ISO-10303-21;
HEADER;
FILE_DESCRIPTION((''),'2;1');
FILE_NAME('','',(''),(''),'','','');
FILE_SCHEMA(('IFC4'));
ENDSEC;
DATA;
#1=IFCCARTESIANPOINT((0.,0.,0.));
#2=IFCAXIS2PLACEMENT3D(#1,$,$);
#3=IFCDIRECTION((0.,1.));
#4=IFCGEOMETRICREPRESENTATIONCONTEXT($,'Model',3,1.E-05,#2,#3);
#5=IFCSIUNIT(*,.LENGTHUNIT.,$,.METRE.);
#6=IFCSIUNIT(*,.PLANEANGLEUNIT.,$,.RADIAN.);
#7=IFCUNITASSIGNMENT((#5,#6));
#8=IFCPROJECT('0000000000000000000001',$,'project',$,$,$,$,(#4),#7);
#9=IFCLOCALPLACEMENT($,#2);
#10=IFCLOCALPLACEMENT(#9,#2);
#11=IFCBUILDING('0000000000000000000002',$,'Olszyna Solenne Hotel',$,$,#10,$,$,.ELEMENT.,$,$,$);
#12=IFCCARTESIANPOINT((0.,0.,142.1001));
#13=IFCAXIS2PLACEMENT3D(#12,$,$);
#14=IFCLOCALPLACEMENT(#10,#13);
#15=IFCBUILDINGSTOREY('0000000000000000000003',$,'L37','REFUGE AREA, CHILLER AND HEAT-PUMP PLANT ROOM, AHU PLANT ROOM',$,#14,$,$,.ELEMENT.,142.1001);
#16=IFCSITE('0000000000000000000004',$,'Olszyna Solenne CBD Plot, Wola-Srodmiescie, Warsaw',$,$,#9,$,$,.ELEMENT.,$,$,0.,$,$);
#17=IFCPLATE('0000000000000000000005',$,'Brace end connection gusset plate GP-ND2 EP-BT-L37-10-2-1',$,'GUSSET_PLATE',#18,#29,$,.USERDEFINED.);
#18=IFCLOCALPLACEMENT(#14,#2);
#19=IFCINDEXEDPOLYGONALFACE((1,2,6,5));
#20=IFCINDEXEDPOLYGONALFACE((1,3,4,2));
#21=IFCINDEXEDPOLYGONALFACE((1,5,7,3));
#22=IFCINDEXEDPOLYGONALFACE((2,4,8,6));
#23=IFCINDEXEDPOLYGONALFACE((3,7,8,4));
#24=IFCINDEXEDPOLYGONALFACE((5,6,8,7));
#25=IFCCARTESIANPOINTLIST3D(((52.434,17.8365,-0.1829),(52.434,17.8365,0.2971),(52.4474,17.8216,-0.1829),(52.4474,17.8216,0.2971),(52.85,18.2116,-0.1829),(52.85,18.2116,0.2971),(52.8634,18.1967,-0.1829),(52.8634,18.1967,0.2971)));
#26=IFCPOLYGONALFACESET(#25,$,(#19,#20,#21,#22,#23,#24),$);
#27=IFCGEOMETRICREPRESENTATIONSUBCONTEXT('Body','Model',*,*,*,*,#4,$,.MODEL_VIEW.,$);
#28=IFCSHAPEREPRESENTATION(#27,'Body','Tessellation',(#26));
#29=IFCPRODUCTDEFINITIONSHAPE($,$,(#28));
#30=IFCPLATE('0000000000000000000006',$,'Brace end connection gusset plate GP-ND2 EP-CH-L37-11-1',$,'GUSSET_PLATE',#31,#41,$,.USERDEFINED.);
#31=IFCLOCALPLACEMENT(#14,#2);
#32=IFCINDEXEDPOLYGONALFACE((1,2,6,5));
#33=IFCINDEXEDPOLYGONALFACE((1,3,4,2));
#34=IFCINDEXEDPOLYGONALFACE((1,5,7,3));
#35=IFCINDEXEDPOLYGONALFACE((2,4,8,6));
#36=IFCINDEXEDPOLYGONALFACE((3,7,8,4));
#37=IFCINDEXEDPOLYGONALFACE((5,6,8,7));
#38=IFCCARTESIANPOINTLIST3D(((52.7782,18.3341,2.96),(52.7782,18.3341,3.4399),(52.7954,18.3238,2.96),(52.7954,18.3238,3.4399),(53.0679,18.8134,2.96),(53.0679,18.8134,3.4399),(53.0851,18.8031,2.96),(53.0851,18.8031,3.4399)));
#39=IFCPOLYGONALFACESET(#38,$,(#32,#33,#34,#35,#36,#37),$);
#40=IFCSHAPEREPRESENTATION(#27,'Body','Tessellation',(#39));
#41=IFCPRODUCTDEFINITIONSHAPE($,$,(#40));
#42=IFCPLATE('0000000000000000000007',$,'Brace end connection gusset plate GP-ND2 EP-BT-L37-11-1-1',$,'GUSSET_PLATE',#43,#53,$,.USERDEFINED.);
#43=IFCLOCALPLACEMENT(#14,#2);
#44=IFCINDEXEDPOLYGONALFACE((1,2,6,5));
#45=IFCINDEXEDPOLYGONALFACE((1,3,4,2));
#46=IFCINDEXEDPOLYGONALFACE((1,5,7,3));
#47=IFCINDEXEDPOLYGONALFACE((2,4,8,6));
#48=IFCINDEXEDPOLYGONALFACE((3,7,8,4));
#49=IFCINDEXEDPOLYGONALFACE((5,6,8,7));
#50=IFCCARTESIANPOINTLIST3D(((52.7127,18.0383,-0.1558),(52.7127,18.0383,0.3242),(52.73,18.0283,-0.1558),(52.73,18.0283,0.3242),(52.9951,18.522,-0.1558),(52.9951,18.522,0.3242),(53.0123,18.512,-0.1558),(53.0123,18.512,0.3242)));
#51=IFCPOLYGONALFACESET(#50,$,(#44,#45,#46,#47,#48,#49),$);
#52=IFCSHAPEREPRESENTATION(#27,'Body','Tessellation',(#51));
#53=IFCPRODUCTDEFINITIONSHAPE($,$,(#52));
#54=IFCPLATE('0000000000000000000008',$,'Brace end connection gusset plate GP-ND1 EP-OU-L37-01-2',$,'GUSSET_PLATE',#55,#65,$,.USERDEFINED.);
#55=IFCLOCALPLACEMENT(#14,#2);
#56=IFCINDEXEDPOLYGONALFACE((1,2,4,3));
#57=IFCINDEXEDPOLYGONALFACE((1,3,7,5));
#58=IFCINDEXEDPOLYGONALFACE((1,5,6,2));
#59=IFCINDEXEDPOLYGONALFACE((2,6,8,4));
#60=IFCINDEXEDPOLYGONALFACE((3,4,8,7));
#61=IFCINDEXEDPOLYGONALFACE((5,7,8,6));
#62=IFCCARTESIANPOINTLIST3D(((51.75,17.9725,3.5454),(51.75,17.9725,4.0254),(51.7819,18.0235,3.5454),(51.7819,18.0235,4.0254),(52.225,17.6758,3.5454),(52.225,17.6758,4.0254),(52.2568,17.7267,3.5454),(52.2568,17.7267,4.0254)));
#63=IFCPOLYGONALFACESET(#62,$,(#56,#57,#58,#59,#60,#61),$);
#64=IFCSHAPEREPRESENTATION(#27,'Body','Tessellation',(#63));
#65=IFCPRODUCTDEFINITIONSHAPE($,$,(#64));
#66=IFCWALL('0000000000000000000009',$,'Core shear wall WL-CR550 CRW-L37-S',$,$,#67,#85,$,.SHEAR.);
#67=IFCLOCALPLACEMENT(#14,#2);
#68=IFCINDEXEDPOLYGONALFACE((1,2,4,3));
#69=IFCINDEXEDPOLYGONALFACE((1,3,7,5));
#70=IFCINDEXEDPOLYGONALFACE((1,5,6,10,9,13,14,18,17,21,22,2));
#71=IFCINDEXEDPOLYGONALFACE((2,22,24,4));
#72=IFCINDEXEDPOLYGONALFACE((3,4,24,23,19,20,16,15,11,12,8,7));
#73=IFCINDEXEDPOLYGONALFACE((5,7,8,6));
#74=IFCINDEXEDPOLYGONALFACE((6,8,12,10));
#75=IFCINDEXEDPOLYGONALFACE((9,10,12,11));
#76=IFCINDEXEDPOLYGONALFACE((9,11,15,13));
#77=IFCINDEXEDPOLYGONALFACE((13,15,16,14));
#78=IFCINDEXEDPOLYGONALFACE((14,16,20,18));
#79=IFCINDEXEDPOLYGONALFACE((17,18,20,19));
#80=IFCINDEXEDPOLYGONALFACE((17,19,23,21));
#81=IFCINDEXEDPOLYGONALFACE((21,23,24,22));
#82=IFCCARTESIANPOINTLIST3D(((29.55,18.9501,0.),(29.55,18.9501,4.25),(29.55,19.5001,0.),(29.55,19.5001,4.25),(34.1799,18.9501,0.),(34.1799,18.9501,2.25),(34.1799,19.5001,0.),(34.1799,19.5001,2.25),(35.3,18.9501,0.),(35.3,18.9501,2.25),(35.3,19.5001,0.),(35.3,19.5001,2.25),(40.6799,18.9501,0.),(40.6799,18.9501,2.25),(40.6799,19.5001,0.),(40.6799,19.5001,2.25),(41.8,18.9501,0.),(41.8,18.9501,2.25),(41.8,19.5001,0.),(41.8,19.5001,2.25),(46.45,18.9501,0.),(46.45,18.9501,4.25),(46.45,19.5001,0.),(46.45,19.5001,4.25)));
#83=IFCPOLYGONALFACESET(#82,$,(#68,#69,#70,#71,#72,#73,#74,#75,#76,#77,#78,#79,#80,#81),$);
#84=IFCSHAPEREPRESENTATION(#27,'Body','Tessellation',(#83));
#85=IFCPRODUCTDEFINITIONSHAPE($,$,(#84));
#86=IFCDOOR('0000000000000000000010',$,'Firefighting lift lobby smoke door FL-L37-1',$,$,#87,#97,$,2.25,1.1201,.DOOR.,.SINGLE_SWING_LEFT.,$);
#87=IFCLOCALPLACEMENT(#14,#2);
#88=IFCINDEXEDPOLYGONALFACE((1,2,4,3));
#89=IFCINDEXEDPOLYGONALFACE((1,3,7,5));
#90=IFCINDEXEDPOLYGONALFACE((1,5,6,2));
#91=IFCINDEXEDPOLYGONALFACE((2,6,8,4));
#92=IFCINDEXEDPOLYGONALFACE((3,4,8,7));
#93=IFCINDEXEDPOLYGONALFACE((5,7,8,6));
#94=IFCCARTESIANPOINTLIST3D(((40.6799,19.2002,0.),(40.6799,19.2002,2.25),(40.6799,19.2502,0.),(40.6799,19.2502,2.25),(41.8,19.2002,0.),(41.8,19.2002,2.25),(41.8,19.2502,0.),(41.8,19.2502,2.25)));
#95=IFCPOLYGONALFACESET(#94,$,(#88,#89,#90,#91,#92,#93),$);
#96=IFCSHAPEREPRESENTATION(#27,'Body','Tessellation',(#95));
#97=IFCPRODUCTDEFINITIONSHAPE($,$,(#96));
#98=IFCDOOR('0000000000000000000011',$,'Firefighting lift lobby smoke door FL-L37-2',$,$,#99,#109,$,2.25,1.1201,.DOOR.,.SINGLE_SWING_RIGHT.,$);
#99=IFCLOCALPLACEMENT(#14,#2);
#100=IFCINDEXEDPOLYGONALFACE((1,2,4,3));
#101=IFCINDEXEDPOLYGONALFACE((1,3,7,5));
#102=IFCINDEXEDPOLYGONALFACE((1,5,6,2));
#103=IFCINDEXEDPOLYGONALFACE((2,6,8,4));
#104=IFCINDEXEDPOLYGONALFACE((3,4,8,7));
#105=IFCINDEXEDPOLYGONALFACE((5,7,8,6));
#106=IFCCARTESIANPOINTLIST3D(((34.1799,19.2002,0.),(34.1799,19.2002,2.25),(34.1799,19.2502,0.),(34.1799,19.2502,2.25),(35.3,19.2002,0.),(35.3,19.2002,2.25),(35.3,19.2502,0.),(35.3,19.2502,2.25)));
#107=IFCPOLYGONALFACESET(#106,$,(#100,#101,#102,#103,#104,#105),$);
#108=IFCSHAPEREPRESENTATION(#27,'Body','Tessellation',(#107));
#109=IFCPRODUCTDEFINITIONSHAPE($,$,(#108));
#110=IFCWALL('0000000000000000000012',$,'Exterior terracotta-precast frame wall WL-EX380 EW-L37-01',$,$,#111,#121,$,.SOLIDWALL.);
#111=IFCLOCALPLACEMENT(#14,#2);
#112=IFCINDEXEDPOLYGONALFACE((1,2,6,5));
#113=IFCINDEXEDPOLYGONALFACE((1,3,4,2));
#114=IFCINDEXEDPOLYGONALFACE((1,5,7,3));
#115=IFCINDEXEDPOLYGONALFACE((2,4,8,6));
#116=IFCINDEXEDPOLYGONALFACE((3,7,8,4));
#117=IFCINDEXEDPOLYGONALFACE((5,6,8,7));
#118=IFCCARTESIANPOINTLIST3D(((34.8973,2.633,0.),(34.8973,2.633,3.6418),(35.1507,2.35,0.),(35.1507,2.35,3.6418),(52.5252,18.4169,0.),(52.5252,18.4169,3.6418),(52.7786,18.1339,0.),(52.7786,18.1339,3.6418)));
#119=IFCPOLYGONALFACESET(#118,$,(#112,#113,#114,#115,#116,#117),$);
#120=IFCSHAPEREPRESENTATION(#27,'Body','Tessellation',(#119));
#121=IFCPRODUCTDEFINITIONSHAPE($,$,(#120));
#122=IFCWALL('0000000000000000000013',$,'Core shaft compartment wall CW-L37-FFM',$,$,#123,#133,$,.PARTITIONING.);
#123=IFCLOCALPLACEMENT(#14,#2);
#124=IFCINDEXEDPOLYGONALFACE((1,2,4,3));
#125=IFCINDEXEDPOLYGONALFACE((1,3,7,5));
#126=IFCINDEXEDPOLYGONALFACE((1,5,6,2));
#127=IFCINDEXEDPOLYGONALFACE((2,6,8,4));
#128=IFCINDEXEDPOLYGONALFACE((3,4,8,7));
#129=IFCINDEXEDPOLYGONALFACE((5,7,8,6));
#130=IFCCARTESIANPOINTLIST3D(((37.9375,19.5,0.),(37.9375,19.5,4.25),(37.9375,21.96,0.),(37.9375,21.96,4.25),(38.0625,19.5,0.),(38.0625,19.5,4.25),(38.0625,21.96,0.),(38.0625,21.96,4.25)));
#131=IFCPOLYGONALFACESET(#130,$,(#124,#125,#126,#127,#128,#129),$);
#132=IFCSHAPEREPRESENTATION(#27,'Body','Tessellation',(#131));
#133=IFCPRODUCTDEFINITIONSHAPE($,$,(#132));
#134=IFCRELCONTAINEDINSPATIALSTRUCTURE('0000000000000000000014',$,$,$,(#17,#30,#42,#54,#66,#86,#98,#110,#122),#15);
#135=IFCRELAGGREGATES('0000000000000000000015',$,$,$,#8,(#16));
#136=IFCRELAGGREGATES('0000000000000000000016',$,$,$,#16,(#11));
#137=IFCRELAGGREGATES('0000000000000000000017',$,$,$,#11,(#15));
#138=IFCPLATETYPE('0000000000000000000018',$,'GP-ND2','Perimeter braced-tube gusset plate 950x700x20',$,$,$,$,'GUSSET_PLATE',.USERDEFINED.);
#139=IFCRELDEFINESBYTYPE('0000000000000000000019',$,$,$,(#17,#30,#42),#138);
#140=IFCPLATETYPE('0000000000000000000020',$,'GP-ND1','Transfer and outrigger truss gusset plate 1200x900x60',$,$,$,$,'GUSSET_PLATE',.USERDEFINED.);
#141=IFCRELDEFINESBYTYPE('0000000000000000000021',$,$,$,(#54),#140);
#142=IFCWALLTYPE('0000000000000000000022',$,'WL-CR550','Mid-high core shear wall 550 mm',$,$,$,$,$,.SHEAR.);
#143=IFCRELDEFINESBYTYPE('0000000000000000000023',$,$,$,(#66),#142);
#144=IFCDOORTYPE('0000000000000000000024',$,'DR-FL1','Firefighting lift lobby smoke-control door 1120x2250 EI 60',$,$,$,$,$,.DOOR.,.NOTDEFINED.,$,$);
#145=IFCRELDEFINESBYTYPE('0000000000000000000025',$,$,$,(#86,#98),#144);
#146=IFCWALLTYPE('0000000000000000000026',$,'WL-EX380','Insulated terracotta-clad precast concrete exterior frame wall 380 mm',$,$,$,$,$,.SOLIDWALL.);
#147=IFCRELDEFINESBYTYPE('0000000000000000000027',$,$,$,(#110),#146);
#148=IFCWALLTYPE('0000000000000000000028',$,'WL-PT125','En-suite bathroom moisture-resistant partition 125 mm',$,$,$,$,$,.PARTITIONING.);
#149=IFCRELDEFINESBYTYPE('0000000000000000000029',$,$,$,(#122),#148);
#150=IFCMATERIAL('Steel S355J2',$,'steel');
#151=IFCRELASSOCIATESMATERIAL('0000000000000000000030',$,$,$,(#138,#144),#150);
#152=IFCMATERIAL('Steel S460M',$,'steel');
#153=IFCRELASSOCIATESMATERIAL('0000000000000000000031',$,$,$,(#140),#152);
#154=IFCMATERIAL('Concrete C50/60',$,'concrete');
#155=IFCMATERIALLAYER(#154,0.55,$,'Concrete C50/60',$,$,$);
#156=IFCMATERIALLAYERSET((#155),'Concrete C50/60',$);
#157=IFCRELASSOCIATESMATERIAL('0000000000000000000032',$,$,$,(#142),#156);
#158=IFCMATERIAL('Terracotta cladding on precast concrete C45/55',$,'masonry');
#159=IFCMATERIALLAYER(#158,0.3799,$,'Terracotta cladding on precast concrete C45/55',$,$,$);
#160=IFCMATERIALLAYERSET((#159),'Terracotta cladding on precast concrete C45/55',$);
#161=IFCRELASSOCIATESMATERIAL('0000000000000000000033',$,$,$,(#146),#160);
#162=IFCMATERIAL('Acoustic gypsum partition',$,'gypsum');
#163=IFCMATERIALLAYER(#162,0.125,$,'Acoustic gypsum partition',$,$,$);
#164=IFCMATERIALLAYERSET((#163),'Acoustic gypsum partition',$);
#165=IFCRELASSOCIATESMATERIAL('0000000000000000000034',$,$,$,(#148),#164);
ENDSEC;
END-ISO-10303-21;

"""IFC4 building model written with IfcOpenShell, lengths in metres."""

from ifc_helpers import new_model, si_unit, direction, frame, frame_2d, origin, origin_2d, place, context, subcontext, project, spatial, rectangle, extrude, source, transform, mapped, material, layer, layer_set, type_object, type_shapes, element, fill, save


model = new_model("IFC4")

# Units and contexts
model_context = context("Model", 3, precision=1e-05, world=origin(), true_north=direction((0.0, 1.0)))
body_context = subcontext(model_context, "Body", "Model", "MODEL_VIEW")
ifc_project = project(units=[si_unit("LENGTHUNIT", "METRE"), si_unit("PLANEANGLEUNIT", "RADIAN")], contexts=[model_context])

# Site, building, storey
site_placement = place(None, origin())
site = spatial("IfcSite", under=ifc_project, at=site_placement, Name="Olszyna Solenne CBD Plot, Wola-Srodmiescie, Warsaw", CompositionType="ELEMENT", RefElevation=0.0)
building_placement = place(site_placement, origin())
building = spatial("IfcBuilding", under=site, at=building_placement, Name="Olszyna Solenne Hotel", CompositionType="ELEMENT")
storey_placement = place(building_placement, frame((0.0, 0.0, 142.1001)))
storey = spatial("IfcBuildingStorey", under=building, at=storey_placement, Name="L37", Description="REFUGE AREA, CHILLER AND HEAT-PUMP PLANT ROOM, AHU PLANT ROOM", CompositionType="ELEMENT", Elevation=142.1001)

# Shared definitions
ifc_material_1 = material(Name="Steel S460M", Category="steel")

# Shared definitions
ifc_material_2 = material(Name="Steel S355J2", Category="steel")

# Plates
plate_type_1 = type_object("IfcPlateType", Name="GP-ND2", Description="Perimeter braced-tube gusset plate 950x700x20", ElementType="GUSSET_PLATE", PredefinedType="USERDEFINED", material=ifc_material_2)
shared_shape_1 = source(origin(), body_context, "Body", "SweptSolid", [
    extrude(rectangle(XDim=0.5601, YDim=0.02, at=origin_2d()), origin(), (0.0, 0.0, 1.0), 0.48),
])
for number, where, z_axis, x_axis, name in (
    (1, (52.6487, 18.0166, -0.1829), (0.0, 0.0, 1.0), (-0.742678, -0.669649, 0.0), "Brace end connection gusset plate GP-ND2 EP-BT-L37-10-2-1"),
    (2, (52.9316, 18.5686, 2.96), (0.0, 0.0, 1.0), (0.51728, 0.855816, 0.0), "Brace end connection gusset plate GP-ND2 EP-CH-L37-11-1"),
    (3, (52.8625, 18.2751, -0.1558), (0.0, 0.0, 1.0), (0.504075, 0.86366, 0.0), "Brace end connection gusset plate GP-ND2 EP-BT-L37-11-1-1"),
):
    element("IfcPlate", number, at=place(storey_placement, frame(where, z_axis=z_axis, x_axis=x_axis)), inside=storey, type_object=plate_type_1, Name=name, ObjectType="GUSSET_PLATE", PredefinedType="USERDEFINED", context=body_context, shape_type="MappedRepresentation", body=[
        mapped(shared_shape_1, transform((0.0, 0.0, 0.0), x_axis=(1.0, 0.0, 0.0), y_axis=(0.0, 1.0, 0.0), z_axis=(0.0, 0.0, 1.0), scale=1.0)),
    ])
plate_type_2 = type_object("IfcPlateType", Name="GP-ND1", Description="Transfer and outrigger truss gusset plate 1200x900x60", ElementType="GUSSET_PLATE", PredefinedType="USERDEFINED", material=ifc_material_1)
shared_shape_2 = source(origin(), body_context, "Body", "SweptSolid", [
    extrude(rectangle(XDim=0.5601, YDim=0.0601, at=origin_2d()), origin(), (0.0, 0.0, 1.0), 0.48),
])
plate_1_placement = place(storey_placement, frame((52.0034, 17.8496, 3.5454), z_axis=(0.0, 0.0, 1.0), x_axis=(0.848048, -0.529919, 0.0)))
element("IfcPlate", 4, at=plate_1_placement, inside=storey, type_object=plate_type_2, Name="Brace end connection gusset plate GP-ND1 EP-OU-L37-01-2", ObjectType="GUSSET_PLATE", PredefinedType="USERDEFINED", context=body_context, shape_type="MappedRepresentation", body=[
    mapped(shared_shape_2, transform((0.0, 0.0, 0.0), x_axis=(1.0, 0.0, 0.0), y_axis=(0.0, 1.0, 0.0), z_axis=(0.0, 0.0, 1.0), scale=1.0)),
])

# Wall, openings, doors
ifc_material_3 = material(Name="Concrete C50/60", Category="concrete")
ifc_layer_1 = layer(ifc_material_3, 0.55, Name="Concrete C50/60")
ifc_layer_set_1 = layer_set([ifc_layer_1], Name="Concrete C50/60")
wall_type_1 = type_object("IfcWallType", Name="WL-CR550", Description="Mid-high core shear wall 550 mm", PredefinedType="SHEAR", material=ifc_layer_set_1)
wall_1_placement = place(storey_placement, frame((46.45, 19.2251, 0.0), z_axis=(0.0, 0.0, 1.0), x_axis=(-1.0, 0.0, 0.0)))
wall_1 = element("IfcWall", 5, at=wall_1_placement, inside=storey, type_object=wall_type_1, Name="Core shear wall WL-CR550 CRW-L37-S", PredefinedType="SHEAR", context=body_context, shape_type="SweptSolid", body=[
    extrude(rectangle(XDim=16.8999, YDim=0.55, at=frame_2d((8.45, 0.0))), origin(), (0.0, 0.0, 1.0), 4.25),
])
opening_1_placement = place(wall_1_placement, frame((4.6499, 0.0, 0.0)))
opening_1 = element("IfcOpeningElement", 6, at=opening_1_placement, cuts=wall_1, PredefinedType="OPENING", context=body_context, shape_type="SweptSolid", body=[
    extrude(rectangle(XDim=1.1201, YDim=2.25, at=frame_2d((0.5601, 1.125))), frame((0.0, 0.2852, 0.0), z_axis=(0.0, -1.0, 0.0), x_axis=(1.0, 0.0, 0.0)), (0.0, 0.0, 1.0), 0.5701),
])
opening_2_placement = place(wall_1_placement, frame((11.1499, 0.0, 0.0)))
opening_2 = element("IfcOpeningElement", 7, at=opening_2_placement, cuts=wall_1, PredefinedType="OPENING", context=body_context, shape_type="SweptSolid", body=[
    extrude(rectangle(XDim=1.1201, YDim=2.25, at=frame_2d((0.5601, 1.125))), frame((0.0, 0.2852, 0.0), z_axis=(0.0, -1.0, 0.0), x_axis=(1.0, 0.0, 0.0)), (0.0, 0.0, 1.0), 0.5701),
])
door_type_1 = type_object("IfcDoorType", Name="DR-FL1", Description="Firefighting lift lobby smoke-control door 1120x2250 EI 60", OperationType="NOTDEFINED", PredefinedType="DOOR", material=ifc_material_2)
shared_shape_3 = source(origin(), body_context, "Body", "SweptSolid", [
    extrude(rectangle(XDim=1.1201, YDim=2.25, at=frame_2d((0.5601, 1.125))), frame((0.0, 0.0249, 0.0), z_axis=(0.0, -1.0, 0.0), x_axis=(1.0, 0.0, 0.0)), (0.0, 0.0, 1.0), 0.05),
])
type_shapes(door_type_1, [shared_shape_3])
door_1_placement = place(opening_1_placement, origin())
door_1 = element("IfcDoor", 8, at=door_1_placement, inside=storey, type_object=door_type_1, Name="Firefighting lift lobby smoke door FL-L37-1", OperationType="SINGLE_SWING_LEFT", OverallHeight=2.25, OverallWidth=1.1201, PredefinedType="DOOR", context=body_context, shape_type="MappedRepresentation", body=[
    mapped(shared_shape_3, transform((0.0, 0.0, 0.0), x_axis=(1.0, 0.0, 0.0), y_axis=(0.0, 1.0, 0.0), z_axis=(0.0, 0.0, 1.0), scale=1.0)),
])
fill(opening_1, door_1)
door_2_placement = place(opening_2_placement, origin())
door_2 = element("IfcDoor", 9, at=door_2_placement, inside=storey, type_object=door_type_1, Name="Firefighting lift lobby smoke door FL-L37-2", OperationType="SINGLE_SWING_RIGHT", OverallHeight=2.25, OverallWidth=1.1201, PredefinedType="DOOR", context=body_context, shape_type="MappedRepresentation", body=[
    mapped(shared_shape_3, transform((0.0, 0.0, 0.0), x_axis=(1.0, 0.0, 0.0), y_axis=(0.0, 1.0, 0.0), z_axis=(0.0, 0.0, 1.0), scale=1.0)),
])
fill(opening_2, door_2)

# Walls
ifc_material_4 = material(Name="Terracotta cladding on precast concrete C45/55", Category="masonry")
ifc_layer_2 = layer(ifc_material_4, 0.3799, Name="Terracotta cladding on precast concrete C45/55")
ifc_layer_set_2 = layer_set([ifc_layer_2], Name="Terracotta cladding on precast concrete C45/55")
wall_type_2 = type_object("IfcWallType", Name="WL-EX380", Description="Insulated terracotta-clad precast concrete exterior frame wall 380 mm", PredefinedType="SOLIDWALL", material=ifc_layer_set_2)
wall_2_placement = place(storey_placement, frame((52.6519, 18.2754, 0.0), z_axis=(0.0, 0.0, 1.0), x_axis=(-0.744998, -0.667067, 0.0)))
element("IfcWall", 10, at=wall_2_placement, inside=storey, type_object=wall_type_2, Name="Exterior terracotta-precast frame wall WL-EX380 EW-L37-01", PredefinedType="SOLIDWALL", context=body_context, shape_type="SweptSolid", body=[
    extrude(rectangle(XDim=23.6616, YDim=0.3799, at=frame_2d((11.8308, 0.0))), origin(), (0.0, 0.0, 1.0), 3.6418),
])
ifc_material_5 = material(Name="Acoustic gypsum partition", Category="gypsum")
ifc_layer_3 = layer(ifc_material_5, 0.125, Name="Acoustic gypsum partition")
ifc_layer_set_3 = layer_set([ifc_layer_3], Name="Acoustic gypsum partition")
wall_type_3 = type_object("IfcWallType", Name="WL-PT125", Description="En-suite bathroom moisture-resistant partition 125 mm", PredefinedType="PARTITIONING", material=ifc_layer_set_3)
wall_3_placement = place(storey_placement, frame((38.0, 19.5, 0.0), z_axis=(0.0, 0.0, 1.0), x_axis=(0.0, 1.0, 0.0)))
element("IfcWall", 11, at=wall_3_placement, inside=storey, type_object=wall_type_3, Name="Core shaft compartment wall CW-L37-FFM", PredefinedType="PARTITIONING", context=body_context, shape_type="SweptSolid", body=[
    extrude(rectangle(XDim=2.46, YDim=0.125, at=frame_2d((1.23, 0.0))), origin(), (0.0, 0.0, 1.0), 4.25),
])

save(model, "model.ifc")
